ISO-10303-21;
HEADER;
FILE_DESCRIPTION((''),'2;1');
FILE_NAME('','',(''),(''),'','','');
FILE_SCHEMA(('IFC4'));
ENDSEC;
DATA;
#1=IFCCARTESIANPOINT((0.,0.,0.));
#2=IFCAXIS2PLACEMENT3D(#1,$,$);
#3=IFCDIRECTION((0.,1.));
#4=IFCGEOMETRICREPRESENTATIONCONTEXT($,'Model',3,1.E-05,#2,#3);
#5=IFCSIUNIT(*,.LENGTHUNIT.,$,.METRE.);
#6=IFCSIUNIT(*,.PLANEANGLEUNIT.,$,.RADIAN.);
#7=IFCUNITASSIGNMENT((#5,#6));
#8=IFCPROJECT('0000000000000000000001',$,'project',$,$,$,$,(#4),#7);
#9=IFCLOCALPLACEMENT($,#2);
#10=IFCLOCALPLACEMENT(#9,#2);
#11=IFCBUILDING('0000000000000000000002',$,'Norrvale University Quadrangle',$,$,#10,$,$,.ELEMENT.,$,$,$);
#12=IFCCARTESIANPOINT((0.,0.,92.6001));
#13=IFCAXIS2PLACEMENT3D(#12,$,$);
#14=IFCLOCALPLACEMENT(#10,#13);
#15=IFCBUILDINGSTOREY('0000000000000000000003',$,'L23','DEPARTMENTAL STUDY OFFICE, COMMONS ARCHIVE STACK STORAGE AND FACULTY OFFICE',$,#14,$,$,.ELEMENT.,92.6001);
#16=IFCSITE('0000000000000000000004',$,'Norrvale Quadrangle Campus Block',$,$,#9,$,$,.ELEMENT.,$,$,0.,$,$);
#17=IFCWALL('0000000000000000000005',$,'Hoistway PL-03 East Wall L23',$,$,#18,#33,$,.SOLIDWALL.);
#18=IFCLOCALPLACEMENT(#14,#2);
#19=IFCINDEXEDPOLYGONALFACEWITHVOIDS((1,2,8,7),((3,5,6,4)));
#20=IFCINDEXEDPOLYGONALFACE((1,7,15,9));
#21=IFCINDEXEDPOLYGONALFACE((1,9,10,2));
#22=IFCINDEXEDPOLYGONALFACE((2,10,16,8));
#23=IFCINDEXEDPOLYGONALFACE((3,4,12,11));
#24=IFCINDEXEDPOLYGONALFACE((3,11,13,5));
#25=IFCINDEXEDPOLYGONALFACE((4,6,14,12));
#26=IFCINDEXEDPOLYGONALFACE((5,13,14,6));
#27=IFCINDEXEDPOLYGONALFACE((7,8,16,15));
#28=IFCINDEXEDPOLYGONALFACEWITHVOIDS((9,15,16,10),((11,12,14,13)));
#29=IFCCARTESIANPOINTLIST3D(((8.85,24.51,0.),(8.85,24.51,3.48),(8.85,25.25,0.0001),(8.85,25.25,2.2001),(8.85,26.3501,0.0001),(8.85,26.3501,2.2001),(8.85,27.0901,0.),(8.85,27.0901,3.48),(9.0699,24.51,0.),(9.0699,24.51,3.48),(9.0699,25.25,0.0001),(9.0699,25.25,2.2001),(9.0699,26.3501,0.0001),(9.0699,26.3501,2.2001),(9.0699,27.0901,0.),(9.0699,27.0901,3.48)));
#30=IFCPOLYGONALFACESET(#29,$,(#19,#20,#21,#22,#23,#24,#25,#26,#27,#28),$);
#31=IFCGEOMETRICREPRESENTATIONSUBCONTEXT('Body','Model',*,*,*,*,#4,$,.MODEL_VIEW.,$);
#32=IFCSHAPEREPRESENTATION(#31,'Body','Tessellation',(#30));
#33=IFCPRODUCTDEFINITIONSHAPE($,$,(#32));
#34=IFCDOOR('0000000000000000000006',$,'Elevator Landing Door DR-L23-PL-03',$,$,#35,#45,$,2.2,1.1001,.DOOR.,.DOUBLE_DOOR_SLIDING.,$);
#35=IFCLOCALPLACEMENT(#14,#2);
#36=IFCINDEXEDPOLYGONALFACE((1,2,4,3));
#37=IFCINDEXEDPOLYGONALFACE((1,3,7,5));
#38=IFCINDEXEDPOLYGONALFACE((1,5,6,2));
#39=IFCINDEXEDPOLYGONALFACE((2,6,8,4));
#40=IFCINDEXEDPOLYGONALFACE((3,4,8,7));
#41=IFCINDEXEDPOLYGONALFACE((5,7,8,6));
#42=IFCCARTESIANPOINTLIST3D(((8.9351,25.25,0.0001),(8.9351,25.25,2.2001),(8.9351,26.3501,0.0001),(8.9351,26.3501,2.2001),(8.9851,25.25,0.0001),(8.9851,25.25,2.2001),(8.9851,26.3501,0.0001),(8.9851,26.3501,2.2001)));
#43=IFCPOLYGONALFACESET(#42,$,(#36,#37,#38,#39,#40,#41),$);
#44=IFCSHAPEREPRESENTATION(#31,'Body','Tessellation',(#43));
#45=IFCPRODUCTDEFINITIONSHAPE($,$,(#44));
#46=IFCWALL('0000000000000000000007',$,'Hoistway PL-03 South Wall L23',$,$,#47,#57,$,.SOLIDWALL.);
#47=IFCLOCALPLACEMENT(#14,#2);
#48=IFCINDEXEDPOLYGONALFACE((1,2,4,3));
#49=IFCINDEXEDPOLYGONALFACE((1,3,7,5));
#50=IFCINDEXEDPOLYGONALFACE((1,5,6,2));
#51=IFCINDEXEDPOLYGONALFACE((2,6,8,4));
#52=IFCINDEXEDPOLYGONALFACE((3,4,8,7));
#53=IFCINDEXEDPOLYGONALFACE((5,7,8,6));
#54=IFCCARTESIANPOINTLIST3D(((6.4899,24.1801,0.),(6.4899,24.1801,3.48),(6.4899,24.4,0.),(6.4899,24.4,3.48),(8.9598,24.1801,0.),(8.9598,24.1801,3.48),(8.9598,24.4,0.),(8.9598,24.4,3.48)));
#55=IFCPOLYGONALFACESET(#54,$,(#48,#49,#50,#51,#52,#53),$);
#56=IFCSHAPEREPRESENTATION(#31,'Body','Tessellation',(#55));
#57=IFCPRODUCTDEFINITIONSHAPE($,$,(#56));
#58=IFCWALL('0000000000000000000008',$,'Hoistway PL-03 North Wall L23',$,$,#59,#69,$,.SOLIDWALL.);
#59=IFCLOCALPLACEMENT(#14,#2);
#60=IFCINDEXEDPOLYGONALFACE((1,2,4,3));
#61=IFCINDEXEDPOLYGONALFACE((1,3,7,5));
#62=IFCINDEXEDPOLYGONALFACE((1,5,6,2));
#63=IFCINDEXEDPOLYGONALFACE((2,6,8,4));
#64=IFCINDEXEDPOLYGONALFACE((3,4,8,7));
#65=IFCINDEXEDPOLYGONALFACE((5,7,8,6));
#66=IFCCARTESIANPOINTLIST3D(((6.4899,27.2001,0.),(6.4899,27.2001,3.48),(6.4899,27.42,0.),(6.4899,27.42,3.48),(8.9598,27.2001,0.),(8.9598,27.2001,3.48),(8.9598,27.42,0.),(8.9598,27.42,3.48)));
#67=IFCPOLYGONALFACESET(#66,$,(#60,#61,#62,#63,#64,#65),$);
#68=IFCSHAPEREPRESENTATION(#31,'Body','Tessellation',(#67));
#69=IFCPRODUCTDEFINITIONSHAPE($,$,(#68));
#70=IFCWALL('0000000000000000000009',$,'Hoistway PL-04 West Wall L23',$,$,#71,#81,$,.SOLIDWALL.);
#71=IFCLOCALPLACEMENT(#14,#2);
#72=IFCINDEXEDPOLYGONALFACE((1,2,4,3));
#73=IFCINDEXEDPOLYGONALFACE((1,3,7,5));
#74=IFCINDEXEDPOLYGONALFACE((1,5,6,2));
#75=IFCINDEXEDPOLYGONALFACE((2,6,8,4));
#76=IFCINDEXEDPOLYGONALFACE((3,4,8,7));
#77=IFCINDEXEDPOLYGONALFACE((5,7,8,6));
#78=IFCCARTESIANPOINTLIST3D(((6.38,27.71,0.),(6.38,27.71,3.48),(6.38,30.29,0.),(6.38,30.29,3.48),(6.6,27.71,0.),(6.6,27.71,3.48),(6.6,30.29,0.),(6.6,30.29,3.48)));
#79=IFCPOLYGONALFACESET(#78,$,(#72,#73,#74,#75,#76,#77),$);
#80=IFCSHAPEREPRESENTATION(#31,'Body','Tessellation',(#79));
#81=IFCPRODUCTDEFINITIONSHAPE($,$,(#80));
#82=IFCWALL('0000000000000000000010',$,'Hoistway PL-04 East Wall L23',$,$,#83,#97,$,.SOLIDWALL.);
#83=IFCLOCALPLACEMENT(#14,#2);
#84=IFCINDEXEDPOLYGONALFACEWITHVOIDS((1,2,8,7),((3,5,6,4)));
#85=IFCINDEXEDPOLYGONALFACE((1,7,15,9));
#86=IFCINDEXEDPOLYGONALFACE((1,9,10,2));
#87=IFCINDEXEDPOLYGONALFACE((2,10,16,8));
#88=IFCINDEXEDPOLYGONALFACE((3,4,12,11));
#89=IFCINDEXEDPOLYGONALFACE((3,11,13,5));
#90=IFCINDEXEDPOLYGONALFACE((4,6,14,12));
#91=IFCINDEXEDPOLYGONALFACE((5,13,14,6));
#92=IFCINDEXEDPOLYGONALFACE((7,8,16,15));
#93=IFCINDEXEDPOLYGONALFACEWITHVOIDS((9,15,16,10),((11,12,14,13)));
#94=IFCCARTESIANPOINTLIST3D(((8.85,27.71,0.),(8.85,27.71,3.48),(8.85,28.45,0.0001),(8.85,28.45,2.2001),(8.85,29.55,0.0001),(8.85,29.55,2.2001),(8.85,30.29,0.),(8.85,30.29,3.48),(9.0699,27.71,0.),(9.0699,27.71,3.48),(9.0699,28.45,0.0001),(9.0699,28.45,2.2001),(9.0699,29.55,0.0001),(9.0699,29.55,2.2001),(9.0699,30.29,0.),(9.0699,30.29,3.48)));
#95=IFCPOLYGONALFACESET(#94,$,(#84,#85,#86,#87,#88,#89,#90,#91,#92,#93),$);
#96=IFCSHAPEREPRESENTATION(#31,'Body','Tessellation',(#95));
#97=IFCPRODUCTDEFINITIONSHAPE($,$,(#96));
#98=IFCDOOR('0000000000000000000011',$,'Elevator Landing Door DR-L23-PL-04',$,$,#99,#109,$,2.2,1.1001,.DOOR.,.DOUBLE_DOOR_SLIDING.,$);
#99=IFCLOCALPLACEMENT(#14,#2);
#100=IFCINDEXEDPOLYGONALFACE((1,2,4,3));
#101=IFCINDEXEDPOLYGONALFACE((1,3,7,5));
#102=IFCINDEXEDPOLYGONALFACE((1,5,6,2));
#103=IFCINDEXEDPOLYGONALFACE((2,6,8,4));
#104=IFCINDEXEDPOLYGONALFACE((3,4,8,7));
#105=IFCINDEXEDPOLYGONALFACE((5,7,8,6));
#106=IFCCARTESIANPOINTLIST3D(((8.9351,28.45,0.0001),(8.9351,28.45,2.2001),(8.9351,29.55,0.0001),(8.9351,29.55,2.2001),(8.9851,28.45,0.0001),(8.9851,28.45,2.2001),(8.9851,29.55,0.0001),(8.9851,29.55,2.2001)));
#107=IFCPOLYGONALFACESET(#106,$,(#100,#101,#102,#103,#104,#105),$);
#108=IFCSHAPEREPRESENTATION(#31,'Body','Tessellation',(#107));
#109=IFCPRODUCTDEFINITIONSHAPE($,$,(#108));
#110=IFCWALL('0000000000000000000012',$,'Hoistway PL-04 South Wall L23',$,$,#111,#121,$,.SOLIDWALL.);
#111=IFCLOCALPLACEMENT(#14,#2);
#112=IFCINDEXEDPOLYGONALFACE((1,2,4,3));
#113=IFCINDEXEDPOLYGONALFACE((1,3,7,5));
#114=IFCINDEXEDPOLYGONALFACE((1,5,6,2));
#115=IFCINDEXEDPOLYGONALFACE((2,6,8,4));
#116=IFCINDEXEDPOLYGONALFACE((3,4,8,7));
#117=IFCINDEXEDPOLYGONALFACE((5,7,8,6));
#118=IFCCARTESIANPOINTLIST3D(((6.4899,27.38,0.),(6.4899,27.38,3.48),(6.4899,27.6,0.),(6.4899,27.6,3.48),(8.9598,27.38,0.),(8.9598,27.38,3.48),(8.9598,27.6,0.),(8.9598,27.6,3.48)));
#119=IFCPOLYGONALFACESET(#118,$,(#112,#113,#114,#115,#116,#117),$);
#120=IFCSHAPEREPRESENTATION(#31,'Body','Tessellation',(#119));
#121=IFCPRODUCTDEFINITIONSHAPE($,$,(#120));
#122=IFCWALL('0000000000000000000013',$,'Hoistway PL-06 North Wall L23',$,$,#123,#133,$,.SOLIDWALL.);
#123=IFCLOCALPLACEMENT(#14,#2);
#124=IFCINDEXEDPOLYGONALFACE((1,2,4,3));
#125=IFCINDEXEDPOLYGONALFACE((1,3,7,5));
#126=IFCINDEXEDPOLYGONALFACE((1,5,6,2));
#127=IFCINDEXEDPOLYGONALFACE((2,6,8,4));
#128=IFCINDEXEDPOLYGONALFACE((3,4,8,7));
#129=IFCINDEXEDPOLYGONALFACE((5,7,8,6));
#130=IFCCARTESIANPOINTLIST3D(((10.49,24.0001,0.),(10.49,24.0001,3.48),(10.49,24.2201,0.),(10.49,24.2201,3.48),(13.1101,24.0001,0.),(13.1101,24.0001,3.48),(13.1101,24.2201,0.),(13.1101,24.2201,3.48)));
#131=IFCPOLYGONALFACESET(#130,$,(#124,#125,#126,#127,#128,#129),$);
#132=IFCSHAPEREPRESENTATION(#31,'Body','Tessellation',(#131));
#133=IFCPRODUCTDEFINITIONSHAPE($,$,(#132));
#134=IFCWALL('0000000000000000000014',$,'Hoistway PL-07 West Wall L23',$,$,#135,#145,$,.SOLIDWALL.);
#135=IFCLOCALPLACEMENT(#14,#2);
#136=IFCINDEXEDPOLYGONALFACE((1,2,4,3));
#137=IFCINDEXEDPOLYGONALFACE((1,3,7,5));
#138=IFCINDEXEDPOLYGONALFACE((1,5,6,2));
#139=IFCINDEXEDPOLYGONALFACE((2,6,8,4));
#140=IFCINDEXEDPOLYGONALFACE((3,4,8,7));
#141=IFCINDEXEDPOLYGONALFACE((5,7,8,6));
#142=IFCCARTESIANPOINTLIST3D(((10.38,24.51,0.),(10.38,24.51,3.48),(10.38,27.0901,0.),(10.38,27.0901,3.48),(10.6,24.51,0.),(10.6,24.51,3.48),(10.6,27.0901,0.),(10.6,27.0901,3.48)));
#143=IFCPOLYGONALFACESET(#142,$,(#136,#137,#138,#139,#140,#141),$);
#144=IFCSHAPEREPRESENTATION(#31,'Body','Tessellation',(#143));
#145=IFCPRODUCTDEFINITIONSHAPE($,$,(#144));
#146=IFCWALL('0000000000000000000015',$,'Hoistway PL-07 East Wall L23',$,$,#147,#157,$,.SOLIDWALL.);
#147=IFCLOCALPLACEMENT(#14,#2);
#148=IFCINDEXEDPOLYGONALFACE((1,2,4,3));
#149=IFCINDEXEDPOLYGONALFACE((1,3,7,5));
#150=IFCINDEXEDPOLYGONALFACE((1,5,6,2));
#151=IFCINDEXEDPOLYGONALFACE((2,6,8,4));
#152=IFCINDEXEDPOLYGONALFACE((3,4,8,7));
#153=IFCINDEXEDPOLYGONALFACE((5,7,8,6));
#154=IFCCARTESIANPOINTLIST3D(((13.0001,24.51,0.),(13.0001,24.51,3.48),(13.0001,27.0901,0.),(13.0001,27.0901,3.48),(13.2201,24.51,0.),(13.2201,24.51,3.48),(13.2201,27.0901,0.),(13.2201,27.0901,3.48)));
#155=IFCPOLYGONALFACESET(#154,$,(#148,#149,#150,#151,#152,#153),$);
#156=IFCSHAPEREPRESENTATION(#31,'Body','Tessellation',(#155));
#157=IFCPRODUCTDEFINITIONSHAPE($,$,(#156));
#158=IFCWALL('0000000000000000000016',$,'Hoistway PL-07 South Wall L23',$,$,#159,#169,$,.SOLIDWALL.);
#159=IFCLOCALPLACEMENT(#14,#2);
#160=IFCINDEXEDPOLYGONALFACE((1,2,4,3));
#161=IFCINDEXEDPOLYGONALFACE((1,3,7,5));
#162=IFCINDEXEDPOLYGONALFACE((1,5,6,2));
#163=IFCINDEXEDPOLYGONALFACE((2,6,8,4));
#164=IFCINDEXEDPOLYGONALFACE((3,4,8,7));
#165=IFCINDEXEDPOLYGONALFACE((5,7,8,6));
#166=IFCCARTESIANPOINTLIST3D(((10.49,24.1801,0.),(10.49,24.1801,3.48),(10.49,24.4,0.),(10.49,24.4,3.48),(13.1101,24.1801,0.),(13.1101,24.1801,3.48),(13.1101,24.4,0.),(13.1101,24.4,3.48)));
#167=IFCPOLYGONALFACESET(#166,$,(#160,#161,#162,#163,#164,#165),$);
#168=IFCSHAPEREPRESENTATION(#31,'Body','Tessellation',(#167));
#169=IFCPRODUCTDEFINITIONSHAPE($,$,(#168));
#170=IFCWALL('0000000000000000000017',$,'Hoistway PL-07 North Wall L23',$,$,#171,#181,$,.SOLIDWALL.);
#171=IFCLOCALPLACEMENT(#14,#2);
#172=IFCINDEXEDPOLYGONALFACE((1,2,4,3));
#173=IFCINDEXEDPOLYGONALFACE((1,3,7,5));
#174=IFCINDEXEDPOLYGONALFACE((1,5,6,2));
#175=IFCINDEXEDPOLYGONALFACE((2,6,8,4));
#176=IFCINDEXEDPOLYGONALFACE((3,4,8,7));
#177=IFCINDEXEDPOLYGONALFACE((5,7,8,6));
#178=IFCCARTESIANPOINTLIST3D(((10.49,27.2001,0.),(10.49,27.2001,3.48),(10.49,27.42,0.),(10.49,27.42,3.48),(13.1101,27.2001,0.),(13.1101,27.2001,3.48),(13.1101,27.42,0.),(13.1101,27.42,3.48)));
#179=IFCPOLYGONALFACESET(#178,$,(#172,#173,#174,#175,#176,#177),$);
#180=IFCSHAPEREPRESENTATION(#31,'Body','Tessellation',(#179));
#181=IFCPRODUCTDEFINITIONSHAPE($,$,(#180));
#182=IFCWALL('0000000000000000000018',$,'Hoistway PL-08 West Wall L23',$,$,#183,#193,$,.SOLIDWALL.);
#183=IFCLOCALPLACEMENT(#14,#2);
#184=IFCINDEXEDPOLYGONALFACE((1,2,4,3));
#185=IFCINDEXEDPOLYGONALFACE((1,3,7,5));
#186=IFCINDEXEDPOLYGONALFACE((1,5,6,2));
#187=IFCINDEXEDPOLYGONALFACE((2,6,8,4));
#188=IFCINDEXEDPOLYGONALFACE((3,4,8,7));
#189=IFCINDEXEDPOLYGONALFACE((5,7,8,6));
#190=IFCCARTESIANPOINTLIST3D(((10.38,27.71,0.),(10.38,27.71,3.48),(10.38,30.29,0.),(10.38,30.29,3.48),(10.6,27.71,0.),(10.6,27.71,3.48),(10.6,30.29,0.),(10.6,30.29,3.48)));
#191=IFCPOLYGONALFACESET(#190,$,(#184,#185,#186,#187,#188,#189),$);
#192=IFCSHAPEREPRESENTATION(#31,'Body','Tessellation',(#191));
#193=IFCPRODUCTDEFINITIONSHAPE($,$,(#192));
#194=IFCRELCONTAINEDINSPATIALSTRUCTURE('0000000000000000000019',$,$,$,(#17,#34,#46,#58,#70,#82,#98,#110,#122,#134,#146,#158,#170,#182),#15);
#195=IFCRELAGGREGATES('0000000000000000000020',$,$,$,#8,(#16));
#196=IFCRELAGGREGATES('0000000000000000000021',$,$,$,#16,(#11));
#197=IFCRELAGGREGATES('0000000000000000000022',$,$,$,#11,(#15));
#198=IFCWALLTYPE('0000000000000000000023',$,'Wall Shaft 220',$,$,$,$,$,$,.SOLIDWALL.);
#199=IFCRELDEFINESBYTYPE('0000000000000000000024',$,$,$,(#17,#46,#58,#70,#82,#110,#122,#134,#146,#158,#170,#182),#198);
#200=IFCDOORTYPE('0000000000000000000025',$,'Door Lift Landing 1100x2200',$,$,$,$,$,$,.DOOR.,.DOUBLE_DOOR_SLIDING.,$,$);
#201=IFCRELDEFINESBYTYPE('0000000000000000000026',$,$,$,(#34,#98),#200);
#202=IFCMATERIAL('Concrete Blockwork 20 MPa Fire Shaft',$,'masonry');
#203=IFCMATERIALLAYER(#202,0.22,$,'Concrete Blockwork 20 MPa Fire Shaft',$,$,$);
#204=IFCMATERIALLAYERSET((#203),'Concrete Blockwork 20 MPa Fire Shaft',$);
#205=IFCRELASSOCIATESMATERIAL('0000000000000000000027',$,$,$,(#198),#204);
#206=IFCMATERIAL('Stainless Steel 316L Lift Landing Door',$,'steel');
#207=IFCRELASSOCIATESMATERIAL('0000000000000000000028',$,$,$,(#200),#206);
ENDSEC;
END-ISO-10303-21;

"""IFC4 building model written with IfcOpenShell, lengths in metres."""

from ifc_helpers import new_model, si_unit, direction, frame, frame_2d, origin, place, context, subcontext, project, spatial, rectangle, extrude, material, layer, layer_set, type_object, element, fill, save


model = new_model("IFC4")

# Units and contexts
model_context = context("Model", 3, precision=1e-05, world=origin(), true_north=direction((0.0, 1.0)))
body_context = subcontext(model_context, "Body", "Model", "MODEL_VIEW")
ifc_project = project(units=[si_unit("LENGTHUNIT", "METRE"), si_unit("PLANEANGLEUNIT", "RADIAN")], contexts=[model_context])

# Site, building, storey
site_placement = place(None, origin())
site = spatial("IfcSite", under=ifc_project, at=site_placement, Name="Norrvale Quadrangle Campus Block", CompositionType="ELEMENT", RefElevation=0.0)
building_placement = place(site_placement, origin())
building = spatial("IfcBuilding", under=site, at=building_placement, Name="Norrvale University Quadrangle", CompositionType="ELEMENT")
storey_placement = place(building_placement, frame((0.0, 0.0, 92.6001)))
storey = spatial("IfcBuildingStorey", under=building, at=storey_placement, Name="L23", Description="DEPARTMENTAL STUDY OFFICE, COMMONS ARCHIVE STACK STORAGE AND FACULTY OFFICE", CompositionType="ELEMENT", Elevation=92.6001)

# Shared definitions
ifc_material_1 = material(Name="Concrete Blockwork 20 MPa Fire Shaft", Category="masonry")
ifc_layer_1 = layer(ifc_material_1, 0.22, Name="Concrete Blockwork 20 MPa Fire Shaft")
ifc_layer_set_1 = layer_set([ifc_layer_1], Name="Concrete Blockwork 20 MPa Fire Shaft")
wall_type_1 = type_object("IfcWallType", Name="Wall Shaft 220", PredefinedType="SOLIDWALL", material=ifc_layer_set_1)

# Wall, opening, door
wall_1_placement = place(storey_placement, frame((8.96, 24.51, 0.0), z_axis=(0.0, 0.0, 1.0), x_axis=(0.0, 1.0, 0.0)))
wall_1 = element("IfcWall", 1, at=wall_1_placement, inside=storey, type_object=wall_type_1, Name="Hoistway PL-03 East Wall L23", PredefinedType="SOLIDWALL", context=body_context, shape_type="SweptSolid", body=[
    extrude(rectangle(XDim=2.5801, YDim=0.22, at=frame_2d((1.29, 0.0))), origin(), (0.0, 0.0, 1.0), 3.48),
])
opening_1_placement = place(wall_1_placement, frame((0.74, 0.0, 0.0)))
opening_1 = element("IfcOpeningElement", 2, at=opening_1_placement, cuts=wall_1, PredefinedType="OPENING", context=body_context, shape_type="SweptSolid", body=[
    extrude(rectangle(XDim=1.1001, YDim=2.2, at=frame_2d((0.55, 1.1001))), frame((0.0, 0.1221, 0.0), z_axis=(0.0, -1.0, 0.0), x_axis=(1.0, 0.0, 0.0)), (0.0, 0.0, 1.0), 0.2439),
])
ifc_material_2 = material(Name="Stainless Steel 316L Lift Landing Door", Category="steel")
door_type = type_object("IfcDoorType", Name="Door Lift Landing 1100x2200", OperationType="DOUBLE_DOOR_SLIDING", PredefinedType="DOOR", material=ifc_material_2)
door_1_placement = place(opening_1_placement, origin())
door_1 = element("IfcDoor", 3, at=door_1_placement, inside=storey, type_object=door_type, Name="Elevator Landing Door DR-L23-PL-03", OperationType="DOUBLE_DOOR_SLIDING", OverallHeight=2.2, OverallWidth=1.1001, PredefinedType="DOOR", context=body_context, shape_type="SweptSolid", body=[
    extrude(rectangle(XDim=1.1001, YDim=2.2, at=frame_2d((0.55, 1.1001))), frame((0.0, 0.0249, 0.0), z_axis=(0.0, -1.0, 0.0), x_axis=(1.0, 0.0, 0.0)), (0.0, 0.0, 1.0), 0.05),
])
fill(opening_1, door_1)

# Walls
for number, where, z_axis, x_axis, name in (
    (4, (6.49, 24.29, 0.0), (0.0, 0.0, 1.0), (1.0, 0.0, 0.0), "Hoistway PL-03 South Wall L23"),
    (5, (6.49, 27.3101, 0.0), (0.0, 0.0, 1.0), (1.0, 0.0, 0.0), "Hoistway PL-03 North Wall L23"),
):
    element("IfcWall", number, at=place(storey_placement, frame(where, z_axis=z_axis, x_axis=x_axis)), inside=storey, type_object=wall_type_1, Name=name, PredefinedType="SOLIDWALL", context=body_context, shape_type="SweptSolid", body=[
        extrude(rectangle(XDim=2.47, YDim=0.22, at=frame_2d((1.2349, 0.0))), origin(), (0.0, 0.0, 1.0), 3.48),
    ])
wall_2_placement = place(storey_placement, frame((6.49, 27.71, 0.0), z_axis=(0.0, 0.0, 1.0), x_axis=(0.0, 1.0, 0.0)))
element("IfcWall", 6, at=wall_2_placement, inside=storey, type_object=wall_type_1, Name="Hoistway PL-04 West Wall L23", PredefinedType="SOLIDWALL", context=body_context, shape_type="SweptSolid", body=[
    extrude(rectangle(XDim=2.5801, YDim=0.22, at=frame_2d((1.29, 0.0))), origin(), (0.0, 0.0, 1.0), 3.48),
])

# Wall, opening, door
wall_3_placement = place(storey_placement, frame((8.96, 27.71, 0.0), z_axis=(0.0, 0.0, 1.0), x_axis=(0.0, 1.0, 0.0)))
wall_3 = element("IfcWall", 7, at=wall_3_placement, inside=storey, type_object=wall_type_1, Name="Hoistway PL-04 East Wall L23", PredefinedType="SOLIDWALL", context=body_context, shape_type="SweptSolid", body=[
    extrude(rectangle(XDim=2.5801, YDim=0.22, at=frame_2d((1.29, 0.0))), origin(), (0.0, 0.0, 1.0), 3.48),
])
opening_2_placement = place(wall_3_placement, frame((0.74, 0.0, 0.0)))
opening_2 = element("IfcOpeningElement", 8, at=opening_2_placement, cuts=wall_3, PredefinedType="OPENING", context=body_context, shape_type="SweptSolid", body=[
    extrude(rectangle(XDim=1.1001, YDim=2.2, at=frame_2d((0.55, 1.1001))), frame((0.0, 0.1221, 0.0), z_axis=(0.0, -1.0, 0.0), x_axis=(1.0, 0.0, 0.0)), (0.0, 0.0, 1.0), 0.2439),
])
door_2_placement = place(opening_2_placement, origin())
door_2 = element("IfcDoor", 9, at=door_2_placement, inside=storey, type_object=door_type, Name="Elevator Landing Door DR-L23-PL-04", OperationType="DOUBLE_DOOR_SLIDING", OverallHeight=2.2, OverallWidth=1.1001, PredefinedType="DOOR", context=body_context, shape_type="SweptSolid", body=[
    extrude(rectangle(XDim=1.1001, YDim=2.2, at=frame_2d((0.55, 1.1001))), frame((0.0, 0.0249, 0.0), z_axis=(0.0, -1.0, 0.0), x_axis=(1.0, 0.0, 0.0)), (0.0, 0.0, 1.0), 0.05),
])
fill(opening_2, door_2)

# Walls
wall_4_placement = place(storey_placement, frame((6.49, 27.49, 0.0), z_axis=(0.0, 0.0, 1.0), x_axis=(1.0, 0.0, 0.0)))
element("IfcWall", 10, at=wall_4_placement, inside=storey, type_object=wall_type_1, Name="Hoistway PL-04 South Wall L23", PredefinedType="SOLIDWALL", context=body_context, shape_type="SweptSolid", body=[
    extrude(rectangle(XDim=2.47, YDim=0.22, at=frame_2d((1.2349, 0.0))), origin(), (0.0, 0.0, 1.0), 3.48),
])
wall_5_placement = place(storey_placement, frame((10.49, 24.1101, 0.0), z_axis=(0.0, 0.0, 1.0), x_axis=(1.0, 0.0, 0.0)))
element("IfcWall", 11, at=wall_5_placement, inside=storey, type_object=wall_type_1, Name="Hoistway PL-06 North Wall L23", PredefinedType="SOLIDWALL", context=body_context, shape_type="SweptSolid", body=[
    extrude(rectangle(XDim=2.6201, YDim=0.22, at=frame_2d((1.3101, 0.0))), origin(), (0.0, 0.0, 1.0), 3.48),
])
for number, where, z_axis, x_axis, name in (
    (12, (10.49, 24.51, 0.0), (0.0, 0.0, 1.0), (0.0, 1.0, 0.0), "Hoistway PL-07 West Wall L23"),
    (13, (13.1101, 24.51, 0.0), (0.0, 0.0, 1.0), (0.0, 1.0, 0.0), "Hoistway PL-07 East Wall L23"),
):
    element("IfcWall", number, at=place(storey_placement, frame(where, z_axis=z_axis, x_axis=x_axis)), inside=storey, type_object=wall_type_1, Name=name, PredefinedType="SOLIDWALL", context=body_context, shape_type="SweptSolid", body=[
        extrude(rectangle(XDim=2.5801, YDim=0.22, at=frame_2d((1.29, 0.0))), origin(), (0.0, 0.0, 1.0), 3.48),
    ])
for number, where, z_axis, x_axis, name in (
    (14, (10.49, 24.29, 0.0), (0.0, 0.0, 1.0), (1.0, 0.0, 0.0), "Hoistway PL-07 South Wall L23"),
    (15, (10.49, 27.3101, 0.0), (0.0, 0.0, 1.0), (1.0, 0.0, 0.0), "Hoistway PL-07 North Wall L23"),
):
    element("IfcWall", number, at=place(storey_placement, frame(where, z_axis=z_axis, x_axis=x_axis)), inside=storey, type_object=wall_type_1, Name=name, PredefinedType="SOLIDWALL", context=body_context, shape_type="SweptSolid", body=[
        extrude(rectangle(XDim=2.6201, YDim=0.22, at=frame_2d((1.3101, 0.0))), origin(), (0.0, 0.0, 1.0), 3.48),
    ])
for number, where, z_axis, x_axis, name in (
    (16, (10.49, 27.71, 0.0), (0.0, 0.0, 1.0), (0.0, 1.0, 0.0), "Hoistway PL-08 West Wall L23"),
):
    element("IfcWall", number, at=place(storey_placement, frame(where, z_axis=z_axis, x_axis=x_axis)), inside=storey, type_object=wall_type_1, Name=name, PredefinedType="SOLIDWALL", context=body_context, shape_type="SweptSolid", body=[
        extrude(rectangle(XDim=2.5801, YDim=0.22, at=frame_2d((1.29, 0.0))), origin(), (0.0, 0.0, 1.0), 3.48),
    ])

save(model, "model.ifc")
